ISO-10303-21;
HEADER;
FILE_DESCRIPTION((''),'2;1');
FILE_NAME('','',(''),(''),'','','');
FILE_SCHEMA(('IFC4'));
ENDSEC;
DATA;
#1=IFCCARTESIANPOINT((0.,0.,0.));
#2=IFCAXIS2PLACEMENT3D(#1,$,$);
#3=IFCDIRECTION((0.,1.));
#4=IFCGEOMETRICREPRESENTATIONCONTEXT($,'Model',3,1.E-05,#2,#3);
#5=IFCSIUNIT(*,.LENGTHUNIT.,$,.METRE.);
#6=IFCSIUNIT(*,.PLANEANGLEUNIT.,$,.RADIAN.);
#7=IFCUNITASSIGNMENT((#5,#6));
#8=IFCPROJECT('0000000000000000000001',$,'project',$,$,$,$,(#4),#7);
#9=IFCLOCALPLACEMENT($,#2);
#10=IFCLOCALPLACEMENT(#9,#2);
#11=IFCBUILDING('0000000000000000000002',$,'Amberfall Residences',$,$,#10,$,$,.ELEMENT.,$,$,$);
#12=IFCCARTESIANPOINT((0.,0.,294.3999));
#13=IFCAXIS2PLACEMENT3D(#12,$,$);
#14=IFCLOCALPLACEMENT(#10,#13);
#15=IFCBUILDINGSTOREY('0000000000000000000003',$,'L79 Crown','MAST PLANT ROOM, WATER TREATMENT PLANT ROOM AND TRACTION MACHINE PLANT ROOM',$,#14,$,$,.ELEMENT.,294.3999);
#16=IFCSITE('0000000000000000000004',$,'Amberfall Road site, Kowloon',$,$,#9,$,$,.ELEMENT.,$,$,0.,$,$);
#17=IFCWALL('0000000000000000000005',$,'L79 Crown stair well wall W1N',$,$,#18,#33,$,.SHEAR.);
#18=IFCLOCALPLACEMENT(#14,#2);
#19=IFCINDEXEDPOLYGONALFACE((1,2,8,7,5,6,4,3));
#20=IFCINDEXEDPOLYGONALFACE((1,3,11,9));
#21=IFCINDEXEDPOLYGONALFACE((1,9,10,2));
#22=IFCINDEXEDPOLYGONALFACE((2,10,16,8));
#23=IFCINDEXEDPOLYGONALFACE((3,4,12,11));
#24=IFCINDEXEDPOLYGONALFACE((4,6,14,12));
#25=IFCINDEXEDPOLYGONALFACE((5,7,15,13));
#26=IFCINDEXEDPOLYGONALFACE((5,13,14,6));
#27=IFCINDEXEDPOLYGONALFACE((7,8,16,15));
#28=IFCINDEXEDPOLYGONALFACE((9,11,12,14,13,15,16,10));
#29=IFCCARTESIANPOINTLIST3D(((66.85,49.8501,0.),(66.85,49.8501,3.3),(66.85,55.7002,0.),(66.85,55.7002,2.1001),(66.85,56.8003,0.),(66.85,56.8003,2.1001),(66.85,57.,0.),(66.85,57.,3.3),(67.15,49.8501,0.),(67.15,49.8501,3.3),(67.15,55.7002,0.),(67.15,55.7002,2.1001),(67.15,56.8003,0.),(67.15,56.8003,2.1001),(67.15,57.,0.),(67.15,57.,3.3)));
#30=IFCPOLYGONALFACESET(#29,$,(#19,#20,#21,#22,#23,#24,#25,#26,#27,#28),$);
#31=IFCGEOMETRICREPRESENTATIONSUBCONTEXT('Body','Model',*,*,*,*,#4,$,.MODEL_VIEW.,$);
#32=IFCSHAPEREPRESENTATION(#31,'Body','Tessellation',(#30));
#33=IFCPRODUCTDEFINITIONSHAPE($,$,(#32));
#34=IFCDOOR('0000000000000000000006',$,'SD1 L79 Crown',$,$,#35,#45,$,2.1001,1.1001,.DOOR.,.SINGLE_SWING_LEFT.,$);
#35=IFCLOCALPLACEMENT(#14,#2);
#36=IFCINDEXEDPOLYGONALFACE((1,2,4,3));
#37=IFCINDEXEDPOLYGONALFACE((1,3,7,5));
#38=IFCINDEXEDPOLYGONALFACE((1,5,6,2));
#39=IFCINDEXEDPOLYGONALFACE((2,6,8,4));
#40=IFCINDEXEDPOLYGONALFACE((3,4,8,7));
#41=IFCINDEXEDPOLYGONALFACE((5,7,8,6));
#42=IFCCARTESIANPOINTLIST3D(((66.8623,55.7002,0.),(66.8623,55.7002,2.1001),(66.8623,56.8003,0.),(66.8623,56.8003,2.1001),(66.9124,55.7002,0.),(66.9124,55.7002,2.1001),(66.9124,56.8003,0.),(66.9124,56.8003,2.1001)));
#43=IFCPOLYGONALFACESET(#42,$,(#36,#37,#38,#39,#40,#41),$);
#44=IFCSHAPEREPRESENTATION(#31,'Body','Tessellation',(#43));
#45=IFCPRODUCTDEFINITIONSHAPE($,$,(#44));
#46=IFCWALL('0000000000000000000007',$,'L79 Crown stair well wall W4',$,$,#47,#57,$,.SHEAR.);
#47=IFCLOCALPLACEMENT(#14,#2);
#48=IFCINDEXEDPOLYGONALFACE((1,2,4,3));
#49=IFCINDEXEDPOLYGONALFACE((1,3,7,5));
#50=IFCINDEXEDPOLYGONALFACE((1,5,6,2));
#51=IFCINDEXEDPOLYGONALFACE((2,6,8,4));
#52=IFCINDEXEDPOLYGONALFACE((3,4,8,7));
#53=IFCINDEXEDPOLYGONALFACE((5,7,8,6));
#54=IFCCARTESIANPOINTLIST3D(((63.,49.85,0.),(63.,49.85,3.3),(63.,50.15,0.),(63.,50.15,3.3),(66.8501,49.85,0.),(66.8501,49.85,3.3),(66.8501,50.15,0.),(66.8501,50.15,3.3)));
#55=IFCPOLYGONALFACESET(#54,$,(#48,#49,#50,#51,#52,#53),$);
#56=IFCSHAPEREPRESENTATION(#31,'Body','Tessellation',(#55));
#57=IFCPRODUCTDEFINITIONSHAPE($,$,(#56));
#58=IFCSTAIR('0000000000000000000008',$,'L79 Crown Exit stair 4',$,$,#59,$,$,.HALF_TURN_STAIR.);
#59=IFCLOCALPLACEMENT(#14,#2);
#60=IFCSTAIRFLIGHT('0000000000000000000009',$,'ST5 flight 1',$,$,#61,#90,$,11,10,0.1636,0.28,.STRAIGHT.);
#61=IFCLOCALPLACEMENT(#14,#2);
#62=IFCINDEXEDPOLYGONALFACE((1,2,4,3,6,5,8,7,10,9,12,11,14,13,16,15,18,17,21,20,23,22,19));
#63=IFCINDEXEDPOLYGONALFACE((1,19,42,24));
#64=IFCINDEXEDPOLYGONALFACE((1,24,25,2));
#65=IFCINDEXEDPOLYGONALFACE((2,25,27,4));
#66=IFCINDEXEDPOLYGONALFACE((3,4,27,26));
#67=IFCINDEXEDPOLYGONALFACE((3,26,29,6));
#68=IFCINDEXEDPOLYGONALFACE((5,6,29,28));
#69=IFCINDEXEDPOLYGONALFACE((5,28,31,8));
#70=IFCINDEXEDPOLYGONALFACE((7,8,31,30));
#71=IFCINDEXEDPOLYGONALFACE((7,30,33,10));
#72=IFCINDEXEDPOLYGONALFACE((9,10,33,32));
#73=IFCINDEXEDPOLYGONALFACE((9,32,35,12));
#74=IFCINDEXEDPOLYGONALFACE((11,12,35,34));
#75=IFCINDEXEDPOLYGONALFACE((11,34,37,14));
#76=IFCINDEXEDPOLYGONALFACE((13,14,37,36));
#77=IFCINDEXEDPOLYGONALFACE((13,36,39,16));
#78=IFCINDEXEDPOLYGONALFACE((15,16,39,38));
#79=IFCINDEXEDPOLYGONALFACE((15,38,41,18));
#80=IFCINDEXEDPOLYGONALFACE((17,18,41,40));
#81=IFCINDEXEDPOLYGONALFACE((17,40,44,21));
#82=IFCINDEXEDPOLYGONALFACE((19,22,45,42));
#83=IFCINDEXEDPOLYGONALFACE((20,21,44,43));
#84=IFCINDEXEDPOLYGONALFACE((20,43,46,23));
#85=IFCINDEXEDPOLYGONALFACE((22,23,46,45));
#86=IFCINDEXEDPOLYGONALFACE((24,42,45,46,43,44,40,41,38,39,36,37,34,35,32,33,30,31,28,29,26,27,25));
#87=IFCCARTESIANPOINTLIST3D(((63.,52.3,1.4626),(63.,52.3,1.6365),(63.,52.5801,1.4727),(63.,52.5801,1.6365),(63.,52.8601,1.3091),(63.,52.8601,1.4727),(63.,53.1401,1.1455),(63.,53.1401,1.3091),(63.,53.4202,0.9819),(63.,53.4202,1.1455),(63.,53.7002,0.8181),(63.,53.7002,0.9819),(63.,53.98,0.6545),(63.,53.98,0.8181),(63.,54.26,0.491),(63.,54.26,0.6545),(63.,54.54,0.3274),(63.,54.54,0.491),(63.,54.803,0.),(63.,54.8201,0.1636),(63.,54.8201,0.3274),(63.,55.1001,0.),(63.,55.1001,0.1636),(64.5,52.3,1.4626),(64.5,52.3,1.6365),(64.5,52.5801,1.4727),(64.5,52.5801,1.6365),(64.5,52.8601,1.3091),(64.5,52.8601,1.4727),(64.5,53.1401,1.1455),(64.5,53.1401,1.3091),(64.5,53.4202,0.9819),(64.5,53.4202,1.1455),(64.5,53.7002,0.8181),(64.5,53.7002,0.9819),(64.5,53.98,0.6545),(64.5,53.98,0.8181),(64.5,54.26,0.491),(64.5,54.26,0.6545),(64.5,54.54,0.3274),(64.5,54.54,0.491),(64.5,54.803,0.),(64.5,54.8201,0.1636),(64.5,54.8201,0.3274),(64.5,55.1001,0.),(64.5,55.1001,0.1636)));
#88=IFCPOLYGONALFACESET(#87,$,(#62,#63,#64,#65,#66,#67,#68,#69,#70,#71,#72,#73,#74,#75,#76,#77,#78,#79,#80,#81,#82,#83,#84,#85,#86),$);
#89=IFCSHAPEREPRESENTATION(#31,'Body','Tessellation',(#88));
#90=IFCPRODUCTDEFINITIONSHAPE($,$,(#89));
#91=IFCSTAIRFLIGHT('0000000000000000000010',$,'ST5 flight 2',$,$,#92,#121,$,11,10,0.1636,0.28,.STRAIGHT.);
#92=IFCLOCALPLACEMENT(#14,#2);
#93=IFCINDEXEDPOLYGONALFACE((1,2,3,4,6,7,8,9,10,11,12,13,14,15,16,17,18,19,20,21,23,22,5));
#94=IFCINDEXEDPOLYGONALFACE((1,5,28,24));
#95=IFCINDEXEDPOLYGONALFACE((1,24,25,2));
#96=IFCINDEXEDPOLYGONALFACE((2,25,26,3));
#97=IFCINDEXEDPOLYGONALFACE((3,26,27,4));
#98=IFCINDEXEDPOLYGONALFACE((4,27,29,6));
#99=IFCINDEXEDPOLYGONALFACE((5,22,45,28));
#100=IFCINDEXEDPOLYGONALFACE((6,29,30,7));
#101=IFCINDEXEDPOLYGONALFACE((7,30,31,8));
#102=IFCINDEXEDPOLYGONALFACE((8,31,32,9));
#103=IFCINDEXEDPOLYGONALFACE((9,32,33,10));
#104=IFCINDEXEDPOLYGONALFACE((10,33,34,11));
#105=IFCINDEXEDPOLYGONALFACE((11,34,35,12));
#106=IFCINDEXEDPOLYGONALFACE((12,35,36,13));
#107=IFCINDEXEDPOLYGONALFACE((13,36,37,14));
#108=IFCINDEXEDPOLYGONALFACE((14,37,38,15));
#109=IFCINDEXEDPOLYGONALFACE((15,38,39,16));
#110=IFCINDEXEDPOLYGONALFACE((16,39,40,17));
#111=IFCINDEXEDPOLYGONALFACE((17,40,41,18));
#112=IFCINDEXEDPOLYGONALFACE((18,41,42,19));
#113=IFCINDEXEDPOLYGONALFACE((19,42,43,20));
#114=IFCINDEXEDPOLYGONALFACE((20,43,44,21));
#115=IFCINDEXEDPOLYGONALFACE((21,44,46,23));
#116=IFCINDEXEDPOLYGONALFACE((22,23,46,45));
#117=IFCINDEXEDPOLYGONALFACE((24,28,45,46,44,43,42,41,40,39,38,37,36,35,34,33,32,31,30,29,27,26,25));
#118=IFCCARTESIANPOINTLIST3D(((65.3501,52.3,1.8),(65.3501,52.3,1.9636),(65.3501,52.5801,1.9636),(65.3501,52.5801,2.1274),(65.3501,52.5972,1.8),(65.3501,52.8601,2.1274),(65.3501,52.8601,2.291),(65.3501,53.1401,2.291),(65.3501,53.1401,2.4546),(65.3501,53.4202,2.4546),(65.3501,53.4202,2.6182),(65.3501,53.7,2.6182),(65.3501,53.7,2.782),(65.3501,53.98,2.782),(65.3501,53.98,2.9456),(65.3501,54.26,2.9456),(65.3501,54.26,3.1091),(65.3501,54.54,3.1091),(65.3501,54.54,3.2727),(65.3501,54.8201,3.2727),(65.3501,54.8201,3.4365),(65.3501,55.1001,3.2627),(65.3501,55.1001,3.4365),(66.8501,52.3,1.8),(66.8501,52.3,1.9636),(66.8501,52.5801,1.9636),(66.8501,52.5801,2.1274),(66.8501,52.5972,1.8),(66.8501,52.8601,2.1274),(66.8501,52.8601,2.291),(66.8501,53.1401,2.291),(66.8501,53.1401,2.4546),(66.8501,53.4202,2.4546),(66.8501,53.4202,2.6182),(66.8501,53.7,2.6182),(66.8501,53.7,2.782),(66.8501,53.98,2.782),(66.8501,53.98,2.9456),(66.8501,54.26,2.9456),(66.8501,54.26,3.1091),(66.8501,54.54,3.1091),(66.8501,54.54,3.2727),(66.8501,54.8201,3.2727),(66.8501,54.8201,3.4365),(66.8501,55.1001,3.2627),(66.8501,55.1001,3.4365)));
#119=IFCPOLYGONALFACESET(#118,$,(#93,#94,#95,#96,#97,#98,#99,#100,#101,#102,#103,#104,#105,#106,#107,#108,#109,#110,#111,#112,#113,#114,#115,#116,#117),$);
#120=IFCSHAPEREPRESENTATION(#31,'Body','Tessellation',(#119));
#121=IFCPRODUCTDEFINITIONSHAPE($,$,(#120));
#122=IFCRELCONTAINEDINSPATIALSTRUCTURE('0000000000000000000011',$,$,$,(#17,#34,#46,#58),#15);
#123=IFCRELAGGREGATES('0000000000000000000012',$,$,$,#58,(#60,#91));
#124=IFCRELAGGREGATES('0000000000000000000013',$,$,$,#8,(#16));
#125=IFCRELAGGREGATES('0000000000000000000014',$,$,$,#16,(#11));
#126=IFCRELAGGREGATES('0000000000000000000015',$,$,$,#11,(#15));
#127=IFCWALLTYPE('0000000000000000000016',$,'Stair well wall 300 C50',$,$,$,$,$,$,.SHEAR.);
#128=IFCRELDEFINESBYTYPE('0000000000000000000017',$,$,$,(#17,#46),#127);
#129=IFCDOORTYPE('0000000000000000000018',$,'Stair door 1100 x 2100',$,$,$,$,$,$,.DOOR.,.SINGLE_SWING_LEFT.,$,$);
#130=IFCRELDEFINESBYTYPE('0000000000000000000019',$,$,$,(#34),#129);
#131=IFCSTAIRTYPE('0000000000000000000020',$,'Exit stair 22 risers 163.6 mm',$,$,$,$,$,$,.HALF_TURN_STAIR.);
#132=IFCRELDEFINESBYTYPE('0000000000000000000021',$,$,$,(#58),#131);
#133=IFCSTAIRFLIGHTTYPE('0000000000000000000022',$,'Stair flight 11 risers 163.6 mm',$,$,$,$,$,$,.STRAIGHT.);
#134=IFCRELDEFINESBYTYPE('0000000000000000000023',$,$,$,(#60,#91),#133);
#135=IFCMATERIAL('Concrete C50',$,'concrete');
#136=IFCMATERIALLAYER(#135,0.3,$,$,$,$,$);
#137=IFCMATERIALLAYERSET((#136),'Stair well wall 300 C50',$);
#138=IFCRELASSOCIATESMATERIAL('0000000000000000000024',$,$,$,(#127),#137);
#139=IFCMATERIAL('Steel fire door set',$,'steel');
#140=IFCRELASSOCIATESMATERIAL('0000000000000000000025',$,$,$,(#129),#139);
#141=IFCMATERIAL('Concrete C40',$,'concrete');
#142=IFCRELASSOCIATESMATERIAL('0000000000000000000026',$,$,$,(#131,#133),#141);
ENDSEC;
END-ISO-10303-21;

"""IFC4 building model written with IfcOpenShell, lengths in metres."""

from ifc_helpers import new_model, si_unit, direction, frame, frame_2d, origin, place, context, subcontext, project, spatial, polyline, rectangle, outline, extrude, material, layer, layer_set, type_object, element, fill, aggregate, save


model = new_model("IFC4")

# Units and contexts
model_context = context("Model", 3, precision=1e-05, world=origin(), true_north=direction((0.0, 1.0)))
body_context = subcontext(model_context, "Body", "Model", "MODEL_VIEW")
ifc_project = project(units=[si_unit("LENGTHUNIT", "METRE"), si_unit("PLANEANGLEUNIT", "RADIAN")], contexts=[model_context])

# Site, building, storey
site_placement = place(None, origin())
site = spatial("IfcSite", under=ifc_project, at=site_placement, Name="Amberfall Road site, Kowloon", CompositionType="ELEMENT", RefElevation=0.0)
building_placement = place(site_placement, origin())
building = spatial("IfcBuilding", under=site, at=building_placement, Name="Amberfall Residences", CompositionType="ELEMENT")
storey_placement = place(building_placement, frame((0.0, 0.0, 294.3999)))
storey = spatial("IfcBuildingStorey", under=building, at=storey_placement, Name="L79 Crown", Description="MAST PLANT ROOM, WATER TREATMENT PLANT ROOM AND TRACTION MACHINE PLANT ROOM", CompositionType="ELEMENT", Elevation=294.3999)

# Shared definitions
ifc_material_1 = material(Name="Steel fire door set", Category="steel")

# Wall, opening, door
ifc_material_2 = material(Name="Concrete C50", Category="concrete")
ifc_layer_1 = layer(ifc_material_2, 0.3)
ifc_layer_set_1 = layer_set([ifc_layer_1], Name="Stair well wall 300 C50")
wall_type_1 = type_object("IfcWallType", Name="Stair well wall 300 C50", PredefinedType="SHEAR", material=ifc_layer_set_1)
wall_1_placement = place(storey_placement, frame((67.0, 49.8501, 0.0), z_axis=(0.0, 0.0, 1.0), x_axis=(0.0, 1.0, 0.0)))
wall_1 = element("IfcWall", 1, at=wall_1_placement, inside=storey, type_object=wall_type_1, Name="L79 Crown stair well wall W1N", PredefinedType="SHEAR", context=body_context, shape_type="SweptSolid", body=[
    extrude(rectangle(XDim=7.1499, YDim=0.3, at=frame_2d((3.575, 0.0))), origin(), (0.0, 0.0, 1.0), 3.3),
])
opening_1_placement = place(wall_1_placement, frame((5.8501, 0.0, 0.0)))
opening_1 = element("IfcOpeningElement", 2, at=opening_1_placement, cuts=wall_1, PredefinedType="OPENING", context=body_context, shape_type="SweptSolid", body=[
    extrude(rectangle(XDim=1.1001, YDim=2.1001, at=frame_2d((0.55, 1.05))), frame((0.0, 0.1599, 0.0), z_axis=(0.0, -1.0, 0.0), x_axis=(1.0, 0.0, 0.0)), (0.0, 0.0, 1.0), 0.3201),
])
door_type_1 = type_object("IfcDoorType", Name="Stair door 1100 x 2100", OperationType="SINGLE_SWING_LEFT", PredefinedType="DOOR", material=ifc_material_1)
door_1_placement = place(opening_1_placement, origin())
door_1 = element("IfcDoor", 3, at=door_1_placement, inside=storey, type_object=door_type_1, Name="SD1 L79 Crown", OperationType="SINGLE_SWING_LEFT", OverallHeight=2.1001, OverallWidth=1.1001, PredefinedType="DOOR", context=body_context, shape_type="SweptSolid", body=[
    extrude(rectangle(XDim=1.1001, YDim=2.1001, at=frame_2d((0.55, 1.05))), frame((0.0, 0.1377, 0.0), z_axis=(0.0, -1.0, 0.0), x_axis=(1.0, 0.0, 0.0)), (0.0, 0.0, 1.0), 0.05),
])
fill(opening_1, door_1)

# Wall
wall_2_placement = place(storey_placement, frame((63.0, 50.0, 0.0), z_axis=(0.0, 0.0, 1.0), x_axis=(1.0, 0.0, 0.0)))
element("IfcWall", 4, at=wall_2_placement, inside=storey, type_object=wall_type_1, Name="L79 Crown stair well wall W4", PredefinedType="SHEAR", context=body_context, shape_type="SweptSolid", body=[
    extrude(rectangle(XDim=3.8501, YDim=0.3, at=frame_2d((1.925, 0.0))), origin(), (0.0, 0.0, 1.0), 3.3),
])

# Stair, stair flights
ifc_material_3 = material(Name="Concrete C40", Category="concrete")
stair_type = type_object("IfcStairType", Name="Exit stair 22 risers 163.6 mm", PredefinedType="HALF_TURN_STAIR", material=ifc_material_3)
stair_placement = place(storey_placement, origin())
stair = element("IfcStair", 5, at=stair_placement, inside=storey, type_object=stair_type, Name="L79 Crown Exit stair 4", PredefinedType="HALF_TURN_STAIR")
stair_flight_type = type_object("IfcStairFlightType", Name="Stair flight 11 risers 163.6 mm", PredefinedType="STRAIGHT", material=ifc_material_3)
stair_flight_1_placement = place(storey_placement, frame((63.75, 55.1001, 0.0), z_axis=(0.0, 0.0, 1.0), x_axis=(0.0, -1.0, 0.0)))
stair_flight_1 = element("IfcStairFlight", 6, at=stair_flight_1_placement, type_object=stair_flight_type, Name="ST5 flight 1", NumberOfRisers=11, NumberOfTreads=10, PredefinedType="STRAIGHT", RiserHeight=0.1636, TreadLength=0.28, context=body_context, shape_type="SweptSolid", body=[
    extrude(outline(polyline([(0.0, 0.0), (0.0, 0.1636), (0.28, 0.1636), (0.28, 0.3274), (0.5601, 0.3274), (0.5601, 0.491), (0.8401, 0.491), (0.8401, 0.6545), (1.1201, 0.6545), (1.1201, 0.8181), (1.3999, 0.8181), (1.3999, 0.9819), (1.6799, 0.9819), (1.6799, 1.1455), (1.96, 1.1455), (1.96, 1.3091), (2.24, 1.3091), (2.24, 1.4727), (2.52, 1.4727), (2.52, 1.6365), (2.8, 1.6365), (2.8, 1.8), (2.8, 1.4626), (0.2971, 0.0), (0.0, 0.0)])), frame((0.0, 0.75, 0.0), z_axis=(0.0, -1.0, 0.0), x_axis=(1.0, 0.0, 0.0)), (0.0, 0.0, 1.0), 1.5),
])
stair_flight_2_placement = place(storey_placement, frame((66.1001, 52.3, 1.8), z_axis=(0.0, 0.0, 1.0), x_axis=(0.0, 1.0, 0.0)))
stair_flight_2 = element("IfcStairFlight", 7, at=stair_flight_2_placement, type_object=stair_flight_type, Name="ST5 flight 2", NumberOfRisers=11, NumberOfTreads=10, PredefinedType="STRAIGHT", RiserHeight=0.1636, TreadLength=0.28, context=body_context, shape_type="SweptSolid", body=[
    extrude(outline(polyline([(0.0, 0.0), (0.0, 0.1636), (0.28, 0.1636), (0.28, 0.3274), (0.5601, 0.3274), (0.5601, 0.491), (0.8401, 0.491), (0.8401, 0.6545), (1.1201, 0.6545), (1.1201, 0.8181), (1.3999, 0.8181), (1.3999, 0.9819), (1.6799, 0.9819), (1.6799, 1.1455), (1.96, 1.1455), (1.96, 1.3091), (2.24, 1.3091), (2.24, 1.4727), (2.52, 1.4727), (2.52, 1.6365), (2.8, 1.6365), (2.8, 1.8), (2.8, 1.4626), (0.2971, 0.0), (0.0, 0.0)])), frame((0.0, 0.75, 0.0), z_axis=(0.0, -1.0, 0.0), x_axis=(1.0, 0.0, 0.0)), (0.0, 0.0, 1.0), 1.5),
])
aggregate(stair, [stair_flight_1, stair_flight_2])

save(model, "model.ifc")
